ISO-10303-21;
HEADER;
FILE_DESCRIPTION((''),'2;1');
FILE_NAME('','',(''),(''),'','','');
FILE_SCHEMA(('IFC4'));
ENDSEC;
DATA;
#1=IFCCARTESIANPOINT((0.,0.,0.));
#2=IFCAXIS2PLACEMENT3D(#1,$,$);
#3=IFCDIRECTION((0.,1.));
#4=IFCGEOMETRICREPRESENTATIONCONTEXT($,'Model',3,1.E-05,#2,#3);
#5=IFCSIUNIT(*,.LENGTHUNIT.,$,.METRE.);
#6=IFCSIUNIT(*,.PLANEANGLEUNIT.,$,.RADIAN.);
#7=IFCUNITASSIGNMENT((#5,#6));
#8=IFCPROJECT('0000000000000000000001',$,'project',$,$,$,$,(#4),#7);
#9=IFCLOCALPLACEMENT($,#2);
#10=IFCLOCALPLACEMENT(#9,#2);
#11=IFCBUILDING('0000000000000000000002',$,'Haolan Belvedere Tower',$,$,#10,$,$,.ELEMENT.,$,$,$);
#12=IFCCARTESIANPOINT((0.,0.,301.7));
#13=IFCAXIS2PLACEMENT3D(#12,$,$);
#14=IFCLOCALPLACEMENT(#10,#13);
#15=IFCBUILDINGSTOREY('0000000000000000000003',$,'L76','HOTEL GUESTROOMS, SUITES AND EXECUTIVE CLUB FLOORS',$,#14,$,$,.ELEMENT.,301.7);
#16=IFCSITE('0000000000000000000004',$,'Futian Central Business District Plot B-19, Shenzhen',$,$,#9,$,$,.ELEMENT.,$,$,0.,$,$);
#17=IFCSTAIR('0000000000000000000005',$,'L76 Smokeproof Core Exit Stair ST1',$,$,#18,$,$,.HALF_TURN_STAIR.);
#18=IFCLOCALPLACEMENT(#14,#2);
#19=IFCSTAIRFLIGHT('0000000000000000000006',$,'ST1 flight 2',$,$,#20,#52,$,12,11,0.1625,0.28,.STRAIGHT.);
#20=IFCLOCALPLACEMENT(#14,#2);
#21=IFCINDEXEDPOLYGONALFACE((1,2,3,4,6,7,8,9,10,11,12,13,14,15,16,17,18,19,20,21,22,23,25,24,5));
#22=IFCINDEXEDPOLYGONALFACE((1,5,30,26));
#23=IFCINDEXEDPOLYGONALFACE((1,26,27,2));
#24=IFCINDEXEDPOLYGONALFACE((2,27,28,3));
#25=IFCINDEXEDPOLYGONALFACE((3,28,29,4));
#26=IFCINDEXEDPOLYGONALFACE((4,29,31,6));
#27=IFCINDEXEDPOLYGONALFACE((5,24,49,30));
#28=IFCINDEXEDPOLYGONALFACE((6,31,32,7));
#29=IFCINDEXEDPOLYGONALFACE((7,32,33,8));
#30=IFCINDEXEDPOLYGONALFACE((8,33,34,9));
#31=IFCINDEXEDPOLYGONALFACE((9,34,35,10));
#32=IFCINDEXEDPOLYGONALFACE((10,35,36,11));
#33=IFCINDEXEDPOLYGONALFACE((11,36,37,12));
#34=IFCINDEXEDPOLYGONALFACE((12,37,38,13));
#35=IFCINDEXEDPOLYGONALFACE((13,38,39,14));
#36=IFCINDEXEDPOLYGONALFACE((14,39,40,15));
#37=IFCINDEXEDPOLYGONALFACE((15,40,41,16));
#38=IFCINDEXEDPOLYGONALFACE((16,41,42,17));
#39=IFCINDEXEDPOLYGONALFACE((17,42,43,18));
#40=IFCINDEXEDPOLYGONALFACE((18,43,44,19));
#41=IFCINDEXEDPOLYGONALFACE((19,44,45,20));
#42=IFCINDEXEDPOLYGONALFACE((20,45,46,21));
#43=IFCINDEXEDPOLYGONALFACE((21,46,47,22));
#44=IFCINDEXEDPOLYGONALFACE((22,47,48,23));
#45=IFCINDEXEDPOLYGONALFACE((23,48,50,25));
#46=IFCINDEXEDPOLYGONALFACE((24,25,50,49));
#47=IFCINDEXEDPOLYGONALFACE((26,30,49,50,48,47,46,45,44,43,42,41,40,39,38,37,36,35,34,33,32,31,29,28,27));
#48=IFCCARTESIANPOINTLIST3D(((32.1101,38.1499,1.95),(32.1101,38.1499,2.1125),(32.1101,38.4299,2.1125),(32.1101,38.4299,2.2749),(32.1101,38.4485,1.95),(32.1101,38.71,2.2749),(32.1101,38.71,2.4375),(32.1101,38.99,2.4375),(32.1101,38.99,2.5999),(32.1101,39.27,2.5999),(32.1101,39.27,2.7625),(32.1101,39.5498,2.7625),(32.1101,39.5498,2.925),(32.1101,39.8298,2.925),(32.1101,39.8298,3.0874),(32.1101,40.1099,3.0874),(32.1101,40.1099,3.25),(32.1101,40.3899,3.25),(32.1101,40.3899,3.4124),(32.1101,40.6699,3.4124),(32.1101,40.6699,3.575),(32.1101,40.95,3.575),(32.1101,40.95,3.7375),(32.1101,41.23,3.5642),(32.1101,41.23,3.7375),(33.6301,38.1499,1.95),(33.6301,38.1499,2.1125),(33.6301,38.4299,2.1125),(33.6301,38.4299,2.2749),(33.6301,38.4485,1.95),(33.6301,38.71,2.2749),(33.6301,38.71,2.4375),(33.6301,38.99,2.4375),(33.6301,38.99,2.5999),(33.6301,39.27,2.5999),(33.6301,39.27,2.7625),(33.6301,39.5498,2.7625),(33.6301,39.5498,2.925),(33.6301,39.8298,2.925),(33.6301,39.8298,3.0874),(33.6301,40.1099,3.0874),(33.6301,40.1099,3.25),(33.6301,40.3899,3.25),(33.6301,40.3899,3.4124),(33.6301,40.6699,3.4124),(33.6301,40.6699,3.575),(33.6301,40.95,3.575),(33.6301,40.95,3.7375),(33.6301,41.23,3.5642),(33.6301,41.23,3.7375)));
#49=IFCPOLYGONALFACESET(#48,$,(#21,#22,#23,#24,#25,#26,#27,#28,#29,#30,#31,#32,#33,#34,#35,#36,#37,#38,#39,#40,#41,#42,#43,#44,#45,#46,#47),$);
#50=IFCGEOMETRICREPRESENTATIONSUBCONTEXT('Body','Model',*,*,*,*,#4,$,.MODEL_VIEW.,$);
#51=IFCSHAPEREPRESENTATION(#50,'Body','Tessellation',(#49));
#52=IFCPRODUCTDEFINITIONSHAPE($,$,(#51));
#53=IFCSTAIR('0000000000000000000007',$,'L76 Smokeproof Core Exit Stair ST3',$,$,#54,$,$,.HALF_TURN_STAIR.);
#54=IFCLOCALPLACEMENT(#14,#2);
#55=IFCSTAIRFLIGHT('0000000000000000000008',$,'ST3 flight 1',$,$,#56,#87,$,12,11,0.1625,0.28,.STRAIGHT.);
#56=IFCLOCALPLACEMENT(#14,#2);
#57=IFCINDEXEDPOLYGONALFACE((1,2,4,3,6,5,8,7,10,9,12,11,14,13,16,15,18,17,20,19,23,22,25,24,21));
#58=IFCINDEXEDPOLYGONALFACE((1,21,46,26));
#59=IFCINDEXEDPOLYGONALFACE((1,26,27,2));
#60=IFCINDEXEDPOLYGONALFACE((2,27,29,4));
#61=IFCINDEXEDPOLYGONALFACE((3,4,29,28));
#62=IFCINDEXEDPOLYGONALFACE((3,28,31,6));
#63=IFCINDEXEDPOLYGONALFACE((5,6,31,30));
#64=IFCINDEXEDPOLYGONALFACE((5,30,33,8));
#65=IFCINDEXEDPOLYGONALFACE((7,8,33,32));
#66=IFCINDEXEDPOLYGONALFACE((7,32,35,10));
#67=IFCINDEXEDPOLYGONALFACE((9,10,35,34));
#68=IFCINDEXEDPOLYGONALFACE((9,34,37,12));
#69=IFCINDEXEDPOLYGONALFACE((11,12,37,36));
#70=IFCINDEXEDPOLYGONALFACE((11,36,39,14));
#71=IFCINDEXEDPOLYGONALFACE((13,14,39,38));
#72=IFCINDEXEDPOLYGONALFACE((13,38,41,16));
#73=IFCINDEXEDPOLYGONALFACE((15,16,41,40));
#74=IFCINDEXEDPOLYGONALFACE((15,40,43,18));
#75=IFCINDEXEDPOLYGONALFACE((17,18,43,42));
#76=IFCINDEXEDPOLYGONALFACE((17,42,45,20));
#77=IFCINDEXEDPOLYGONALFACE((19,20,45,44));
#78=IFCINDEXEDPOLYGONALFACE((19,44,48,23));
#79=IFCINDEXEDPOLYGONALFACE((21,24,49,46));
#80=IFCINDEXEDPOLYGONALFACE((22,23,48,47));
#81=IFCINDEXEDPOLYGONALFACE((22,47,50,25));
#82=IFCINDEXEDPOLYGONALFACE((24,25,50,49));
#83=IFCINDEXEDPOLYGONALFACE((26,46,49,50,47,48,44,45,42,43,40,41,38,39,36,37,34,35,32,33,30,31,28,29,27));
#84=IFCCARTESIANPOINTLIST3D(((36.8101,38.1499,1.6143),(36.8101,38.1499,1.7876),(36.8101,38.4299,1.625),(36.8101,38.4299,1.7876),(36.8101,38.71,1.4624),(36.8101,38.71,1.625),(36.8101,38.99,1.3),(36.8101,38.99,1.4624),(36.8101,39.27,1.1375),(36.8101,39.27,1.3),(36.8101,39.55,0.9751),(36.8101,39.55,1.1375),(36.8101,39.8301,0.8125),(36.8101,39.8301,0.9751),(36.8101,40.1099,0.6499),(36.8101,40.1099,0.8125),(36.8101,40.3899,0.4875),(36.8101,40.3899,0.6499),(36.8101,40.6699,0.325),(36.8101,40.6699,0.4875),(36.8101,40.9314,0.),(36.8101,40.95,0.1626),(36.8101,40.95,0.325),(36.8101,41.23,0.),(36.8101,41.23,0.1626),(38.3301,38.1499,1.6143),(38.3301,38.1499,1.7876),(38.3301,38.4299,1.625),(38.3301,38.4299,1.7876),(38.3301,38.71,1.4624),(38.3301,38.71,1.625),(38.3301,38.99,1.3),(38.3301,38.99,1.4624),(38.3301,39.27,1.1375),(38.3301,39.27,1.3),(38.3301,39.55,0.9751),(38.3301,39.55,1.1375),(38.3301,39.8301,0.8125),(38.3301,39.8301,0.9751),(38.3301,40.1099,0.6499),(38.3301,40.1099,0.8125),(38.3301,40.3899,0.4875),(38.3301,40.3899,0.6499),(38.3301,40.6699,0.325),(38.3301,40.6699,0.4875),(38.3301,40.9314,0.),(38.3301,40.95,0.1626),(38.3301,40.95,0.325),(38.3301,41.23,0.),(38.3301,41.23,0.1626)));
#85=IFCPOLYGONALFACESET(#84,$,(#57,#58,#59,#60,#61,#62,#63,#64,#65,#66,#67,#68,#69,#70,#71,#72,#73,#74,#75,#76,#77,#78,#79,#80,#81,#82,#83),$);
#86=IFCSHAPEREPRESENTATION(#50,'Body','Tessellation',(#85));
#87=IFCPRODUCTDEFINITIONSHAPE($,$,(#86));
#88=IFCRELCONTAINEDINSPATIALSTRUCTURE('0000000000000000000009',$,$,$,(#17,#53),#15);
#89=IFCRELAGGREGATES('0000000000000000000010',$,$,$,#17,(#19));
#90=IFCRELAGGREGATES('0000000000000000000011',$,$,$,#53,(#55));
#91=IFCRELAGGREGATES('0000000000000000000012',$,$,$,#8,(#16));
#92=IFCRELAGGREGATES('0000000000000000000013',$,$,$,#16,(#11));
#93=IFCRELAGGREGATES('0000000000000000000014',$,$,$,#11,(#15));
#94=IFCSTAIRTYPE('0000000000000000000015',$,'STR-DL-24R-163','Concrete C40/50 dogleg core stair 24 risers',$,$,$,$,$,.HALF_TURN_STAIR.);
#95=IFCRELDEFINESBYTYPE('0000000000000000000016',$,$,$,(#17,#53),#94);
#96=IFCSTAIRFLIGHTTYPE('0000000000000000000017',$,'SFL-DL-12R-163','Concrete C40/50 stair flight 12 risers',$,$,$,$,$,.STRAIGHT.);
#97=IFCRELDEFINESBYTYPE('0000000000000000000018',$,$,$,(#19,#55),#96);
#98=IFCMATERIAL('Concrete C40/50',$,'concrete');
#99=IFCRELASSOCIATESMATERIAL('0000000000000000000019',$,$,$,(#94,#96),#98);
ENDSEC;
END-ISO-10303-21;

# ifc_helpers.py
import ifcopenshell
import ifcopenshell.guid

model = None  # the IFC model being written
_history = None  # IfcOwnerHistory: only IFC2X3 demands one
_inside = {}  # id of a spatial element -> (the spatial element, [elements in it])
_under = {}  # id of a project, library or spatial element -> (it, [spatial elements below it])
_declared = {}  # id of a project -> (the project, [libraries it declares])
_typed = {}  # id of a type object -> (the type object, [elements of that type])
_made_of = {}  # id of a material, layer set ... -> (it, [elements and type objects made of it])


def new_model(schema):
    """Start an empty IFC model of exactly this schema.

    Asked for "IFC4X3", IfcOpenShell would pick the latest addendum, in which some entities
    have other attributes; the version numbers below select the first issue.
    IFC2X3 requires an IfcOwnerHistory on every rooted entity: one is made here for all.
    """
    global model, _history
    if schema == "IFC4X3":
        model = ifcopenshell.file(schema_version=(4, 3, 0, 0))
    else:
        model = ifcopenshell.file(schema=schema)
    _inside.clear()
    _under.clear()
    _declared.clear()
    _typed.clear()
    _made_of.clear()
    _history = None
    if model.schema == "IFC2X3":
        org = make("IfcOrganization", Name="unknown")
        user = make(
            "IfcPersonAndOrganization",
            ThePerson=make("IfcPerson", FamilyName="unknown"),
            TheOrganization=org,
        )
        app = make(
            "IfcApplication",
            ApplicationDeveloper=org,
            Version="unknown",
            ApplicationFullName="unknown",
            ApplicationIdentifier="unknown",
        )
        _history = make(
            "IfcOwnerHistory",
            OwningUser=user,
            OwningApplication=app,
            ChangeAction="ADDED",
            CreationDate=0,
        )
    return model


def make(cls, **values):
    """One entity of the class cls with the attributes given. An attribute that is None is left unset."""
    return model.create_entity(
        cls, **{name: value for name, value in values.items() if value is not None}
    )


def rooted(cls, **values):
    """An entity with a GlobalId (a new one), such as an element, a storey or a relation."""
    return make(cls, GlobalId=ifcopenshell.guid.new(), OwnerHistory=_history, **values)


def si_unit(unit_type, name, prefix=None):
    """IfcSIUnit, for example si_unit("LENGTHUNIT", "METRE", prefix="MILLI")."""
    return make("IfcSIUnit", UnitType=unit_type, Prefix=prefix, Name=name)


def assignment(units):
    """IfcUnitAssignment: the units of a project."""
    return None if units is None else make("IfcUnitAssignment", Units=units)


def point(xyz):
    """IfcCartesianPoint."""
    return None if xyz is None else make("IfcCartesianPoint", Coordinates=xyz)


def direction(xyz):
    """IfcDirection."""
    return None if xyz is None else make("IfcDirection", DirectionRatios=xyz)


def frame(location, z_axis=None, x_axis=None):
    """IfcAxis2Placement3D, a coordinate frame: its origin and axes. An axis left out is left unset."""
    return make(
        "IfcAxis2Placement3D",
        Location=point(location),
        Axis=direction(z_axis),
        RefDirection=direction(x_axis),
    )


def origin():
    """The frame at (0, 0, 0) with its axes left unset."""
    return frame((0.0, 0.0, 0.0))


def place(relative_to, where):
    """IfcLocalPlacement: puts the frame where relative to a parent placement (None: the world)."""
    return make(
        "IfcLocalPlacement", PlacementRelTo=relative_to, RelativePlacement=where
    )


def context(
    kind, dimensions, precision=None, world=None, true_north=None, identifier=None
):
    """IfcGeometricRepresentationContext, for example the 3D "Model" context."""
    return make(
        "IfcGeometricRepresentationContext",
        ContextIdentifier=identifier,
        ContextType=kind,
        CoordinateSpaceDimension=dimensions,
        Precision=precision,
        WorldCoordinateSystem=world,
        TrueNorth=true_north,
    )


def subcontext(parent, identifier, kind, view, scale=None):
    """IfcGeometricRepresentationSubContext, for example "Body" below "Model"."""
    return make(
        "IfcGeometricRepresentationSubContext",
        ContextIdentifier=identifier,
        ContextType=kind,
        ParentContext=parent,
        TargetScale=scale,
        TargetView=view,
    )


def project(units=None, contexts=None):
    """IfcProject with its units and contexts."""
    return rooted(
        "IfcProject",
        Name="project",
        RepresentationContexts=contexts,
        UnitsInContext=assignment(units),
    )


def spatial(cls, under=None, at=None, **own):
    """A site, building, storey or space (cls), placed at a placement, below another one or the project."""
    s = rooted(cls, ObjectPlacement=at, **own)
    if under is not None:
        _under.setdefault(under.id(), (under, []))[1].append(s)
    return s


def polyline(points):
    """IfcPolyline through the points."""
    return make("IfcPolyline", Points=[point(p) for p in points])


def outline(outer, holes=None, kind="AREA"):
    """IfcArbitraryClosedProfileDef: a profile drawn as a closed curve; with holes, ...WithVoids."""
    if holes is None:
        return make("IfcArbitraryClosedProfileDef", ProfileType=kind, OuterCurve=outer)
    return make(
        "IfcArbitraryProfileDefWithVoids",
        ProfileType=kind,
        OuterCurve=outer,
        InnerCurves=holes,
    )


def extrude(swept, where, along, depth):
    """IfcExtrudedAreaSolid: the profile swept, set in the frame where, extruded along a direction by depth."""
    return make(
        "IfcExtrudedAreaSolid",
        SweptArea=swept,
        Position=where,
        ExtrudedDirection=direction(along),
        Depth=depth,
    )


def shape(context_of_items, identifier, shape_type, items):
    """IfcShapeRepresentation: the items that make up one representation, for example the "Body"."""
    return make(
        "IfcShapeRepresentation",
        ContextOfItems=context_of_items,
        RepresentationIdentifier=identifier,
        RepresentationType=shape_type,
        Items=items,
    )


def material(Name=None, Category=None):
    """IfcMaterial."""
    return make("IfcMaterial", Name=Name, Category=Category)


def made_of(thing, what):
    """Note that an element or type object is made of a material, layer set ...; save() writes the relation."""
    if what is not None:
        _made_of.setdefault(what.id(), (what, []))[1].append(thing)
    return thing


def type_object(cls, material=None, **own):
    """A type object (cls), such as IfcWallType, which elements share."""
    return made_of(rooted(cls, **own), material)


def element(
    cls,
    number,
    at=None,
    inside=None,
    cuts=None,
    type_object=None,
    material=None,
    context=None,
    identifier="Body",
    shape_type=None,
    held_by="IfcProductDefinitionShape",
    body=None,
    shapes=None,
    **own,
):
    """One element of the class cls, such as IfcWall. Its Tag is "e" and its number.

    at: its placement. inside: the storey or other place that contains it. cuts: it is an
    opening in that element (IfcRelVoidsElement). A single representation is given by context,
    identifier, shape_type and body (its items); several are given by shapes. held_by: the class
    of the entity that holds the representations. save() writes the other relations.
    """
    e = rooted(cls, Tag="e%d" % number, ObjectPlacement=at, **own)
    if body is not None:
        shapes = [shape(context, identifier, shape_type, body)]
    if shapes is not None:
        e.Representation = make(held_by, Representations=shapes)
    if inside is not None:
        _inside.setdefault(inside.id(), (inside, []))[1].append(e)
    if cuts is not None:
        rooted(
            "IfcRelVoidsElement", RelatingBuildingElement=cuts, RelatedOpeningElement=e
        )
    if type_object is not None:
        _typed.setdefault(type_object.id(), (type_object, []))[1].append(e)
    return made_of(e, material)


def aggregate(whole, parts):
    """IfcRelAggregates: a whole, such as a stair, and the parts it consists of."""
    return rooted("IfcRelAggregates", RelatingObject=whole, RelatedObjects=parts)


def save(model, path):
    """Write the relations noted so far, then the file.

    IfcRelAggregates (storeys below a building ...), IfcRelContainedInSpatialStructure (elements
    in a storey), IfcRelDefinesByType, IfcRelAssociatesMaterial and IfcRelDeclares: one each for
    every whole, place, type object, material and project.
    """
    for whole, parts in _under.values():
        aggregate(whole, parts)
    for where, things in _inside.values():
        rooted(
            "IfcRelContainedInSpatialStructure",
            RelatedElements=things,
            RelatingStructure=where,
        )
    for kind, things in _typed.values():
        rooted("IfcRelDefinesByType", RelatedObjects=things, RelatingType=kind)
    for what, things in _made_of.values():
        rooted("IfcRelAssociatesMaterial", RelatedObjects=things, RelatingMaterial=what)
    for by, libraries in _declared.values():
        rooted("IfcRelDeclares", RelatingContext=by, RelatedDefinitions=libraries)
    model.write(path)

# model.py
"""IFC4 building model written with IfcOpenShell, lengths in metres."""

from ifc_helpers import new_model, si_unit, direction, frame, origin, place, context, subcontext, project, spatial, polyline, outline, extrude, material, type_object, element, aggregate, save


model = new_model("IFC4")

# Units and contexts
model_context = context("Model", 3, precision=1e-05, world=origin(), true_north=direction((0.0, 1.0)))
body_context = subcontext(model_context, "Body", "Model", "MODEL_VIEW")
ifc_project = project(units=[si_unit("LENGTHUNIT", "METRE"), si_unit("PLANEANGLEUNIT", "RADIAN")], contexts=[model_context])

# Site, building, storey
site_placement = place(None, origin())
site = spatial("IfcSite", under=ifc_project, at=site_placement, Name="Futian Central Business District Plot B-19, Shenzhen", CompositionType="ELEMENT", RefElevation=0.0)
building_placement = place(site_placement, origin())
building = spatial("IfcBuilding", under=site, at=building_placement, Name="Haolan Belvedere Tower", CompositionType="ELEMENT")
storey_placement = place(building_placement, frame((0.0, 0.0, 301.7)))
storey = spatial("IfcBuildingStorey", under=building, at=storey_placement, Name="L76", Description="HOTEL GUESTROOMS, SUITES AND EXECUTIVE CLUB FLOORS", CompositionType="ELEMENT", Elevation=301.7)

# Stair, stair flight
ifc_material_1 = material(Name="Concrete C40/50", Category="concrete")
stair_type = type_object("IfcStairType", Name="STR-DL-24R-163", Description="Concrete C40/50 dogleg core stair 24 risers", PredefinedType="HALF_TURN_STAIR", material=ifc_material_1)
stair_1_placement = place(storey_placement, origin())
stair_1 = element("IfcStair", 1, at=stair_1_placement, inside=storey, type_object=stair_type, Name="L76 Smokeproof Core Exit Stair ST1", PredefinedType="HALF_TURN_STAIR")
stair_flight_type = type_object("IfcStairFlightType", Name="SFL-DL-12R-163", Description="Concrete C40/50 stair flight 12 risers", PredefinedType="STRAIGHT", material=ifc_material_1)
stair_flight_1_placement = place(storey_placement, frame((32.8701, 38.1499, 1.95), z_axis=(0.0, 0.0, 1.0), x_axis=(0.0, 1.0, 0.0)))
stair_flight_1 = element("IfcStairFlight", 2, at=stair_flight_1_placement, type_object=stair_flight_type, Name="ST1 flight 2", NumberOfRisers=12, NumberOfTreads=11, PredefinedType="STRAIGHT", RiserHeight=0.1625, TreadLength=0.28, context=body_context, shape_type="SweptSolid", body=[
    extrude(outline(polyline([(0.0, 0.0), (0.0, 0.1626), (0.28, 0.1626), (0.28, 0.325), (0.5601, 0.325), (0.5601, 0.4875), (0.8401, 0.4875), (0.8401, 0.6499), (1.1201, 0.6499), (1.1201, 0.8125), (1.3999, 0.8125), (1.3999, 0.9751), (1.6799, 0.9751), (1.6799, 1.1375), (1.96, 1.1375), (1.96, 1.3), (2.24, 1.3), (2.24, 1.4624), (2.52, 1.4624), (2.52, 1.625), (2.8, 1.625), (2.8, 1.7876), (3.0801, 1.7876), (3.0801, 1.95), (3.0801, 1.6143), (0.2986, 0.0), (0.0, 0.0)])), frame((0.0, 0.76, 0.0), z_axis=(0.0, -1.0, 0.0), x_axis=(1.0, 0.0, 0.0)), (0.0, 0.0, 1.0), 1.52),
])
aggregate(stair_1, [stair_flight_1])

# Stair, stair flight
stair_2_placement = place(storey_placement, origin())
stair_2 = element("IfcStair", 3, at=stair_2_placement, inside=storey, type_object=stair_type, Name="L76 Smokeproof Core Exit Stair ST3", PredefinedType="HALF_TURN_STAIR")
stair_flight_2_placement = place(storey_placement, frame((37.5701, 41.23, 0.0), z_axis=(0.0, 0.0, 1.0), x_axis=(0.0, -1.0, 0.0)))
stair_flight_2 = element("IfcStairFlight", 4, at=stair_flight_2_placement, type_object=stair_flight_type, Name="ST3 flight 1", NumberOfRisers=12, NumberOfTreads=11, PredefinedType="STRAIGHT", RiserHeight=0.1625, TreadLength=0.28, context=body_context, shape_type="SweptSolid", body=[
    extrude(outline(polyline([(0.0, 0.0), (0.0, 0.1626), (0.28, 0.1626), (0.28, 0.325), (0.5601, 0.325), (0.5601, 0.4875), (0.8401, 0.4875), (0.8401, 0.6499), (1.1201, 0.6499), (1.1201, 0.8125), (1.3999, 0.8125), (1.3999, 0.9751), (1.6799, 0.9751), (1.6799, 1.1375), (1.96, 1.1375), (1.96, 1.3), (2.24, 1.3), (2.24, 1.4624), (2.52, 1.4624), (2.52, 1.625), (2.8, 1.625), (2.8, 1.7876), (3.0801, 1.7876), (3.0801, 1.95), (3.0801, 1.6143), (0.2986, 0.0), (0.0, 0.0)])), frame((0.0, 0.76, 0.0), z_axis=(0.0, -1.0, 0.0), x_axis=(1.0, 0.0, 0.0)), (0.0, 0.0, 1.0), 1.52),
])
aggregate(stair_2, [stair_flight_2])

save(model, "model.ifc")
